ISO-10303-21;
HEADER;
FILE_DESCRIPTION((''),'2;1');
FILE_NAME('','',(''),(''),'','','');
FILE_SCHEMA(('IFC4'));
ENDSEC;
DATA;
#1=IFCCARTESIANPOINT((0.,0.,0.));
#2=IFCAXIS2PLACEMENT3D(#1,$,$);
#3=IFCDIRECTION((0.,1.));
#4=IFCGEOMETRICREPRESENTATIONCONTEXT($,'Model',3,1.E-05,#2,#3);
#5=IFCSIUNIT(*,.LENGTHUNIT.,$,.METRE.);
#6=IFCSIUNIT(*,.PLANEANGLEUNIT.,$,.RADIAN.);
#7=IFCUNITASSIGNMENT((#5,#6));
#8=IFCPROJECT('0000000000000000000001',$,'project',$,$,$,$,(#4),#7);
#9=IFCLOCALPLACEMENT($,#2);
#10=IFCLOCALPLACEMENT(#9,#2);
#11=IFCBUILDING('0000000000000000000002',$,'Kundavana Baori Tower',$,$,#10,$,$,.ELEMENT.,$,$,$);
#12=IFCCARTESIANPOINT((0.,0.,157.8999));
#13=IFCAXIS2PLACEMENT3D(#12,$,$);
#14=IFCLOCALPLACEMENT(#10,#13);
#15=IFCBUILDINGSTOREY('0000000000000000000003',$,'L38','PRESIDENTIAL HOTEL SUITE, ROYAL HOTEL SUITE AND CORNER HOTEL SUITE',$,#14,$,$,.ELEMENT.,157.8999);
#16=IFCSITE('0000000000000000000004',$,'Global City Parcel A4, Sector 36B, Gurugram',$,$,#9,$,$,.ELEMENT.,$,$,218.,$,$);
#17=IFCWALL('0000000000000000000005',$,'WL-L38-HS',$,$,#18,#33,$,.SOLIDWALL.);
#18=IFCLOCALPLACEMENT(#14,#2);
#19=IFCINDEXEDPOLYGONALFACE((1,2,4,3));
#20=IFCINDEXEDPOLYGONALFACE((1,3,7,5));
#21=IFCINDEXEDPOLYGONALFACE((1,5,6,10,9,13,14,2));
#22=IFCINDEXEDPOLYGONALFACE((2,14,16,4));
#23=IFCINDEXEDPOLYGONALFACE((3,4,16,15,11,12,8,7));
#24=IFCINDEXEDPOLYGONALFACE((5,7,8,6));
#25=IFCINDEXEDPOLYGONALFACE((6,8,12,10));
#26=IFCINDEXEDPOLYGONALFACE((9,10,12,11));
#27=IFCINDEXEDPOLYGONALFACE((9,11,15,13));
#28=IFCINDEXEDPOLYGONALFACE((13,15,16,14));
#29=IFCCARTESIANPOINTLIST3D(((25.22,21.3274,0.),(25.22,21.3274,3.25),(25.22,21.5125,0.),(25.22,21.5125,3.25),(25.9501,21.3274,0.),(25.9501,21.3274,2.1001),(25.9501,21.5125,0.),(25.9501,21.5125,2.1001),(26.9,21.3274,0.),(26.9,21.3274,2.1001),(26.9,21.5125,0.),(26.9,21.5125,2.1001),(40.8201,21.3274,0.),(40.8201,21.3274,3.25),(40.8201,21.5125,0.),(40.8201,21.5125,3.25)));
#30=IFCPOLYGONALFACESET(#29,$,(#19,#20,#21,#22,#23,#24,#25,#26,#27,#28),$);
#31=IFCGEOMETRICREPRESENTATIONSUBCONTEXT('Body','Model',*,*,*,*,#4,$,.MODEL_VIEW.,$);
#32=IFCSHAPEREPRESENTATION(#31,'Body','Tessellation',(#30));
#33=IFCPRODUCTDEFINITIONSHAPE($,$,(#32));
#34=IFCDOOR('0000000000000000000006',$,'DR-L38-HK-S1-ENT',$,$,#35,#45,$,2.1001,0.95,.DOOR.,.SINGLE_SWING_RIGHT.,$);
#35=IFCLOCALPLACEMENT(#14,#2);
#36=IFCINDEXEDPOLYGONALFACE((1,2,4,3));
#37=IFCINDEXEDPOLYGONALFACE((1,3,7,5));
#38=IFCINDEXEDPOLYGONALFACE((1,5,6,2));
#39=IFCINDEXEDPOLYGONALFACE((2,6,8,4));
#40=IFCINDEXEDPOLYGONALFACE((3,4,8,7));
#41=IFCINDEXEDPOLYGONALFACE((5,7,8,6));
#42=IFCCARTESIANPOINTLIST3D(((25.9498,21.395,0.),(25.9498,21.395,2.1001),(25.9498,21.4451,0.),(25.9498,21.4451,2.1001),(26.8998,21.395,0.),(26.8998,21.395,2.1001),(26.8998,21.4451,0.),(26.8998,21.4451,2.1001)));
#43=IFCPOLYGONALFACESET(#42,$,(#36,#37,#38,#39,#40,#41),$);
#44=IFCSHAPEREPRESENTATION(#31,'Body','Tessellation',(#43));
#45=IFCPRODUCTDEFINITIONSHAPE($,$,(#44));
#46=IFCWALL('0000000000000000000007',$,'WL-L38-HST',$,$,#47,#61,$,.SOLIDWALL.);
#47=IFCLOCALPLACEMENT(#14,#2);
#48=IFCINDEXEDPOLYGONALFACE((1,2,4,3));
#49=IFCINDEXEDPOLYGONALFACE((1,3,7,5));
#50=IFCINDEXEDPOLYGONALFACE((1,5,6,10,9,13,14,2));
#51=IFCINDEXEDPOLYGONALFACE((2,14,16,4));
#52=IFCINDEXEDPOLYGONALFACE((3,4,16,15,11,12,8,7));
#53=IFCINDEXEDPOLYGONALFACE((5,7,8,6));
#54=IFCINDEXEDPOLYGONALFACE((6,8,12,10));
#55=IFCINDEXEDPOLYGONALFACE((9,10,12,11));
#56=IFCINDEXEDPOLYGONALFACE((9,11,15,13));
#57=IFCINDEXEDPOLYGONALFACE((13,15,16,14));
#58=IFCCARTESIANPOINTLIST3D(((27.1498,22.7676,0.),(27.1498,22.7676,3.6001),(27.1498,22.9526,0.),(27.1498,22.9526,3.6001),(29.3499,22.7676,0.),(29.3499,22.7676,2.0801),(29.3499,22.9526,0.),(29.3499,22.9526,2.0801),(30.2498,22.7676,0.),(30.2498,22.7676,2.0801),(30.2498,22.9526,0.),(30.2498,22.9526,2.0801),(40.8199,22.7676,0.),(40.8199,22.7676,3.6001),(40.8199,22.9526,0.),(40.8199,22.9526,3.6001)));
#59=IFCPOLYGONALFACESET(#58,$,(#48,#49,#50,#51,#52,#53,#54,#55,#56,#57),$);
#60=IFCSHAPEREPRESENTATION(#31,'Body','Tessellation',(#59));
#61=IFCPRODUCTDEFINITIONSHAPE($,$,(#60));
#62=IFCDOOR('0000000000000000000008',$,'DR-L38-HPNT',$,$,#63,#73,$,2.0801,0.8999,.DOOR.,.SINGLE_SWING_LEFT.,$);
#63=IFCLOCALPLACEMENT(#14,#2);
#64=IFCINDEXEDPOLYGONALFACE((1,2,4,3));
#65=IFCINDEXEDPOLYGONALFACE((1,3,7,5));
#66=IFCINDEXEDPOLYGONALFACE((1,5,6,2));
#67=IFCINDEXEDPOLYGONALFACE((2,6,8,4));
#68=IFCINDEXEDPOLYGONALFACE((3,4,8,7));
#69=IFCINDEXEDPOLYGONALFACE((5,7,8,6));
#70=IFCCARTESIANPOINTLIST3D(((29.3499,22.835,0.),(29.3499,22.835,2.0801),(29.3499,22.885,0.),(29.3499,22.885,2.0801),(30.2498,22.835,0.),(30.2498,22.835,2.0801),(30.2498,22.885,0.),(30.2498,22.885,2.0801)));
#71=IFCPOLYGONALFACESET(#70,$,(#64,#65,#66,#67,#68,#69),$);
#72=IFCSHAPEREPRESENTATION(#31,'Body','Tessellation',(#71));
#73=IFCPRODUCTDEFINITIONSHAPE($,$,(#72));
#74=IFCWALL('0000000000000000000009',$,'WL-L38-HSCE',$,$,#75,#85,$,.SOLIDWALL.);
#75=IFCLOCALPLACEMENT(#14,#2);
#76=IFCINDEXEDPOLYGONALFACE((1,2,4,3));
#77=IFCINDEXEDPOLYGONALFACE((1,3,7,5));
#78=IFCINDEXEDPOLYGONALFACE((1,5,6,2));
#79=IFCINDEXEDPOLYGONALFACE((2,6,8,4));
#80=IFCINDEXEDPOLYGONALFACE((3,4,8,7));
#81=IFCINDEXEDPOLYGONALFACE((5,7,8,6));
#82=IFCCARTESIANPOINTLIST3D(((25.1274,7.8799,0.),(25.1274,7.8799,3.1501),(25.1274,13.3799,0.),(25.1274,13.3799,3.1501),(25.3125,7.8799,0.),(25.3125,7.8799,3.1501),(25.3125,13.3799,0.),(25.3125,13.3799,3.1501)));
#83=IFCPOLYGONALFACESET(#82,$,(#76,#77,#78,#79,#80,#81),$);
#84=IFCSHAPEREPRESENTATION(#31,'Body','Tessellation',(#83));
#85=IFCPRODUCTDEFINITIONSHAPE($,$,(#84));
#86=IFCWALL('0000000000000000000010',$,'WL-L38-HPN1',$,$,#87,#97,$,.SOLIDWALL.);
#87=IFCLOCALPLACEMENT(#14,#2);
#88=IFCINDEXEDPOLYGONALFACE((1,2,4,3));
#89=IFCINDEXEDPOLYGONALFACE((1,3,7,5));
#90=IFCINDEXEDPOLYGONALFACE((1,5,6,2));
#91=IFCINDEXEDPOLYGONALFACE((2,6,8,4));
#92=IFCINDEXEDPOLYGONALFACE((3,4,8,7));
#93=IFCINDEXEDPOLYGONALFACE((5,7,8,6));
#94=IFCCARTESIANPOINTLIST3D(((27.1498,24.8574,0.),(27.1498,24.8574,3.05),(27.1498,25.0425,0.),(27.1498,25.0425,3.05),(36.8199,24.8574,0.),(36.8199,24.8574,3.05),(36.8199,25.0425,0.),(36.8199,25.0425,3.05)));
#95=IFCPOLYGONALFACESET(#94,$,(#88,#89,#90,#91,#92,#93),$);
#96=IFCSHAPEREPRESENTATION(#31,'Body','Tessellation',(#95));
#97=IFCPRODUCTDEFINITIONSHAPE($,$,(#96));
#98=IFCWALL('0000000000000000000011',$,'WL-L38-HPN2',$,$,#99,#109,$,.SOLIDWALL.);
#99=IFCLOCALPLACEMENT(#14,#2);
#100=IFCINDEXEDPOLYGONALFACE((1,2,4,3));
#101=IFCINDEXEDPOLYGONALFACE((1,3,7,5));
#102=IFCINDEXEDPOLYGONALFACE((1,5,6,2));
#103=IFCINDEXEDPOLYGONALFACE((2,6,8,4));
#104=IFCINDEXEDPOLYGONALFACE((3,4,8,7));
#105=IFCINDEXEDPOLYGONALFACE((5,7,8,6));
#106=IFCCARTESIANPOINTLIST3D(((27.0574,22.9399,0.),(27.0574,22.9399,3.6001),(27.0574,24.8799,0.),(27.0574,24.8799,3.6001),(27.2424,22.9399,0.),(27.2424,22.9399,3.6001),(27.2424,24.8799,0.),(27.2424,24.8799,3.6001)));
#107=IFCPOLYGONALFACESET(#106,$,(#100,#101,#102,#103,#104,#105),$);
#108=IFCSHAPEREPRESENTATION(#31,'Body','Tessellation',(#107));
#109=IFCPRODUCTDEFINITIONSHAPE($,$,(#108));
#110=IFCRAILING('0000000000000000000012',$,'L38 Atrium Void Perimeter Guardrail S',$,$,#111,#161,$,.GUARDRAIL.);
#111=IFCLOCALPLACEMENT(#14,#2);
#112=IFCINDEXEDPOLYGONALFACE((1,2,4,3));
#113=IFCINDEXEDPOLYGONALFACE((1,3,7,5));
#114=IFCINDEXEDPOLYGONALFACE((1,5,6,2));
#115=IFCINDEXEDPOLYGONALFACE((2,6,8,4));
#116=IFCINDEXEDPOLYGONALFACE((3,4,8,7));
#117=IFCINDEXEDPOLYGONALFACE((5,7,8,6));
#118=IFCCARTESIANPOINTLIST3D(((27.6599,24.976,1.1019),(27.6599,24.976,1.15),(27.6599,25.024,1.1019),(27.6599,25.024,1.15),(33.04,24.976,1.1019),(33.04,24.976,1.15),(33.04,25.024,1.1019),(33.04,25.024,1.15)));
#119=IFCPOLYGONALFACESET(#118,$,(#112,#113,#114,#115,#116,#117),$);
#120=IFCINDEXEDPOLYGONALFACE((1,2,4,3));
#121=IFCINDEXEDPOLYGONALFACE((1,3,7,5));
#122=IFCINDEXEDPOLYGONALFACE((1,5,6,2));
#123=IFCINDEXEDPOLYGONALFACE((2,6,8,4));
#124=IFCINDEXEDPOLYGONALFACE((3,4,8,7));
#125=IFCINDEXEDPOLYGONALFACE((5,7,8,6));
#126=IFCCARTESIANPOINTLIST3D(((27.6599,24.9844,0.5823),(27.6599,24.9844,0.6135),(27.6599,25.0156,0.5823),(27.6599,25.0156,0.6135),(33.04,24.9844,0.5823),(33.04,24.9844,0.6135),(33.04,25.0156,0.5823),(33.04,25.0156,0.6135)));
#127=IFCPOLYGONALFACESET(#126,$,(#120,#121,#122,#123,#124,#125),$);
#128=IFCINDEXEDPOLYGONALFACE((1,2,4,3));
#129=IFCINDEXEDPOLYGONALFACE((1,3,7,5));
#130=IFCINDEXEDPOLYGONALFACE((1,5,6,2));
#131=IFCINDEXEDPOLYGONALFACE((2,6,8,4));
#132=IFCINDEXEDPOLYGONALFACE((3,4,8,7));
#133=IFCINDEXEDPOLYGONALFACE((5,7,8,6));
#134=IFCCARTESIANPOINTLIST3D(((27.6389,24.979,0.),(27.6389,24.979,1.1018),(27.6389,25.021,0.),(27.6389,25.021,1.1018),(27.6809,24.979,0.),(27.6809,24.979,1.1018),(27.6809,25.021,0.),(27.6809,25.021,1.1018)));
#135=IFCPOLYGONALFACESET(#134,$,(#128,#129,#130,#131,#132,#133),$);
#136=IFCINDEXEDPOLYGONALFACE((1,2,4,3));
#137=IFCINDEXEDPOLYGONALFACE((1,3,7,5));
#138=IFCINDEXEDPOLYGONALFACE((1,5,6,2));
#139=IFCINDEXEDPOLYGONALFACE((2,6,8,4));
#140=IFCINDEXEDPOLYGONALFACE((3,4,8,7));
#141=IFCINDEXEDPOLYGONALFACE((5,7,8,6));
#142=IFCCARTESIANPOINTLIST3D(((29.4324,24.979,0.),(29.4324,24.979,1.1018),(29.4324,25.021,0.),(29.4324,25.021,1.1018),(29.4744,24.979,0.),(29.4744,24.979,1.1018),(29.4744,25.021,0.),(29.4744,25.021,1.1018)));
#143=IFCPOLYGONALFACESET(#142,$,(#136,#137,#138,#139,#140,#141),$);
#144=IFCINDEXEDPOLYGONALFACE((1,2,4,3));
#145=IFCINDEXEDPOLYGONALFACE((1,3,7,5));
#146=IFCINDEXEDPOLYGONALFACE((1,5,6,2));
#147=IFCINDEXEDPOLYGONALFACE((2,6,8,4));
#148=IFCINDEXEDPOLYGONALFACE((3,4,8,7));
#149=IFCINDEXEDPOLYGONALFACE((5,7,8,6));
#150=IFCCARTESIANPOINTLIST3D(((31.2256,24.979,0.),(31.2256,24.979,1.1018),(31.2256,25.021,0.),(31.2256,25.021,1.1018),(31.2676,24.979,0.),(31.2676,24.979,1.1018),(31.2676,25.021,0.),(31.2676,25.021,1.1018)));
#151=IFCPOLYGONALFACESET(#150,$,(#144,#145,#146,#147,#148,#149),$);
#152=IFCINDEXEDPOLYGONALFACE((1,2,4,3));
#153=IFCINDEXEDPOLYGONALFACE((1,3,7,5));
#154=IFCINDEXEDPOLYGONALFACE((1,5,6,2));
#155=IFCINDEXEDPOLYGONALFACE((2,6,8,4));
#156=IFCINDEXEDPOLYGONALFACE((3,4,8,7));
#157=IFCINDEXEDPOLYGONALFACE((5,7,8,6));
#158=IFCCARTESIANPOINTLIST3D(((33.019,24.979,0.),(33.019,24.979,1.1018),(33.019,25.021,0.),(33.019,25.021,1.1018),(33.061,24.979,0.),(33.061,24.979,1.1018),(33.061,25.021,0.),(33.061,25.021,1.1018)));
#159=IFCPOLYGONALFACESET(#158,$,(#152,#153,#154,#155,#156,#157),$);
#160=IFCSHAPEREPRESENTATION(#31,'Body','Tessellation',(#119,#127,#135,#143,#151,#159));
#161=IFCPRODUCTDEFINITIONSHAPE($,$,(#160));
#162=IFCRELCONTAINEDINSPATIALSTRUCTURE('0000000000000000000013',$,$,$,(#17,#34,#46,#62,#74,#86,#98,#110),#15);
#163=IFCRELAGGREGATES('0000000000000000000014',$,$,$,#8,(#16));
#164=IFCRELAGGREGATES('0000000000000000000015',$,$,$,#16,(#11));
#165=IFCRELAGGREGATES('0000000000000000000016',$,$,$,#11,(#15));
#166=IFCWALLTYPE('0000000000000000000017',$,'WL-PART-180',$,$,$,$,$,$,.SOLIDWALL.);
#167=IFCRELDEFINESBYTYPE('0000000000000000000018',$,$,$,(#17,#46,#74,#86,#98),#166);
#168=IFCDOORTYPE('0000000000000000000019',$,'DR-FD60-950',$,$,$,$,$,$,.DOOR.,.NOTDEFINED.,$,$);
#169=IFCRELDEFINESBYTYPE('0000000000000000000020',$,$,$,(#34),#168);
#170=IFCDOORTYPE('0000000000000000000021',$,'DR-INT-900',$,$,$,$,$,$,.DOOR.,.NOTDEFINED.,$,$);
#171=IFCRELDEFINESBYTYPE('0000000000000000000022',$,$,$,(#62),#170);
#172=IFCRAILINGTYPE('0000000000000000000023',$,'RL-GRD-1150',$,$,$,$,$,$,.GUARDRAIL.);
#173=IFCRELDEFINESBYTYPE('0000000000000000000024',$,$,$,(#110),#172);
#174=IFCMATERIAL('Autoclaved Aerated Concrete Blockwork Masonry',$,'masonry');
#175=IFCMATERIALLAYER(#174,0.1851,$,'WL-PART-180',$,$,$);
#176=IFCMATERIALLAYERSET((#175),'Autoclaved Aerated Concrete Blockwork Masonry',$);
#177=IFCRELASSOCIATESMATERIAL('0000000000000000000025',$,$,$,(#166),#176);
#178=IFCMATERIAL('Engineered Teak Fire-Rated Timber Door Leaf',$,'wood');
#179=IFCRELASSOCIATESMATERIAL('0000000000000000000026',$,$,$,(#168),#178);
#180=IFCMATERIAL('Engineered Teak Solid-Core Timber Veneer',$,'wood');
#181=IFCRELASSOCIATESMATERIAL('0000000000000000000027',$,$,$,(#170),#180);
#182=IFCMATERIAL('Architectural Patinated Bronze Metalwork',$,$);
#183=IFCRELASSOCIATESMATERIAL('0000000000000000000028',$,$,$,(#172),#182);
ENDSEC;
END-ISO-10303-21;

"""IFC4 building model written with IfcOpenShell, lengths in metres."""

from ifc_helpers import new_model, si_unit, direction, frame, frame_2d, origin, origin_2d, place, context, subcontext, project, spatial, rectangle, extrude, material, layer, layer_set, type_object, element, fill, save


model = new_model("IFC4")

# Units and contexts
model_context = context("Model", 3, precision=1e-05, world=origin(), true_north=direction((0.0, 1.0)))
body_context = subcontext(model_context, "Body", "Model", "MODEL_VIEW")
ifc_project = project(units=[si_unit("LENGTHUNIT", "METRE"), si_unit("PLANEANGLEUNIT", "RADIAN")], contexts=[model_context])

# Site, building, storey
site_placement = place(None, origin())
site = spatial("IfcSite", under=ifc_project, at=site_placement, Name="Global City Parcel A4, Sector 36B, Gurugram", CompositionType="ELEMENT", RefElevation=218.0)
building_placement = place(site_placement, origin())
building = spatial("IfcBuilding", under=site, at=building_placement, Name="Kundavana Baori Tower", CompositionType="ELEMENT")
storey_placement = place(building_placement, frame((0.0, 0.0, 157.8999)))
storey = spatial("IfcBuildingStorey", under=building, at=storey_placement, Name="L38", Description="PRESIDENTIAL HOTEL SUITE, ROYAL HOTEL SUITE AND CORNER HOTEL SUITE", CompositionType="ELEMENT", Elevation=157.8999)

# Walls, openings, doors
ifc_material_1 = material(Name="Autoclaved Aerated Concrete Blockwork Masonry", Category="masonry")
ifc_layer = layer(ifc_material_1, 0.1851, Name="WL-PART-180")
ifc_layer_set = layer_set([ifc_layer], Name="Autoclaved Aerated Concrete Blockwork Masonry")
wall_type = type_object("IfcWallType", Name="WL-PART-180", PredefinedType="SOLIDWALL", material=ifc_layer_set)
wall_1_placement = place(storey_placement, frame((25.22, 21.4199, 0.0), z_axis=(0.0, 0.0, 1.0), x_axis=(1.0, 0.0, 0.0)))
wall_1 = element("IfcWall", 1, at=wall_1_placement, inside=storey, type_object=wall_type, Name="WL-L38-HS", PredefinedType="SOLIDWALL", context=body_context, shape_type="SweptSolid", body=[
    extrude(rectangle(XDim=15.6001, YDim=0.1851, at=frame_2d((7.8, 0.0))), origin(), (0.0, 0.0, 1.0), 3.25),
])
opening_1_placement = place(wall_1_placement, frame((0.73, 0.0, 0.0)))
opening_1 = element("IfcOpeningElement", 2, at=opening_1_placement, cuts=wall_1, PredefinedType="OPENING", context=body_context, shape_type="SweptSolid", body=[
    extrude(rectangle(XDim=0.95, YDim=2.1001, at=frame_2d((0.4751, 1.05))), frame((0.0, 0.1025, 0.0), z_axis=(0.0, -1.0, 0.0), x_axis=(1.0, 0.0, 0.0)), (0.0, 0.0, 1.0), 0.2051),
])
ifc_material_2 = material(Name="Engineered Teak Fire-Rated Timber Door Leaf", Category="wood")
door_type_1 = type_object("IfcDoorType", Name="DR-FD60-950", OperationType="NOTDEFINED", PredefinedType="DOOR", material=ifc_material_2)
door_1_placement = place(opening_1_placement, frame((0.95, 0.0, 0.0), z_axis=(0.0, 0.0, 1.0), x_axis=(-1.0, 0.0, 0.0)))
door_1 = element("IfcDoor", 3, at=door_1_placement, inside=storey, type_object=door_type_1, Name="DR-L38-HK-S1-ENT", OperationType="SINGLE_SWING_RIGHT", OverallHeight=2.1001, OverallWidth=0.95, PredefinedType="DOOR", context=body_context, shape_type="SweptSolid", body=[
    extrude(rectangle(XDim=0.95, YDim=2.1001, at=frame_2d((0.4751, 1.05))), frame((0.0, 0.0249, 0.0), z_axis=(0.0, -1.0, 0.0), x_axis=(1.0, 0.0, 0.0)), (0.0, 0.0, 1.0), 0.05),
])
fill(opening_1, door_1)
wall_2_placement = place(storey_placement, frame((27.1499, 22.8601, 0.0), z_axis=(0.0, 0.0, 1.0), x_axis=(1.0, 0.0, 0.0)))
wall_2 = element("IfcWall", 4, at=wall_2_placement, inside=storey, type_object=wall_type, Name="WL-L38-HST", PredefinedType="SOLIDWALL", context=body_context, shape_type="SweptSolid", body=[
    extrude(rectangle(XDim=13.6702, YDim=0.1851, at=frame_2d((6.835, 0.0))), origin(), (0.0, 0.0, 1.0), 3.6001),
])
opening_2_placement = place(wall_2_placement, frame((2.2, 0.0, 0.0)))
opening_2 = element("IfcOpeningElement", 5, at=opening_2_placement, cuts=wall_2, PredefinedType="OPENING", context=body_context, shape_type="SweptSolid", body=[
    extrude(rectangle(XDim=0.8999, YDim=2.0801, at=frame_2d((0.45, 1.04))), frame((0.0, 0.1025, 0.0), z_axis=(0.0, -1.0, 0.0), x_axis=(1.0, 0.0, 0.0)), (0.0, 0.0, 1.0), 0.2051),
])
ifc_material_3 = material(Name="Engineered Teak Solid-Core Timber Veneer", Category="wood")
door_type_2 = type_object("IfcDoorType", Name="DR-INT-900", OperationType="NOTDEFINED", PredefinedType="DOOR", material=ifc_material_3)
door_2_placement = place(opening_2_placement, origin())
door_2 = element("IfcDoor", 6, at=door_2_placement, inside=storey, type_object=door_type_2, Name="DR-L38-HPNT", OperationType="SINGLE_SWING_LEFT", OverallHeight=2.0801, OverallWidth=0.8999, PredefinedType="DOOR", context=body_context, shape_type="SweptSolid", body=[
    extrude(rectangle(XDim=0.8999, YDim=2.0801, at=frame_2d((0.45, 1.04))), frame((0.0, 0.0249, 0.0), z_axis=(0.0, -1.0, 0.0), x_axis=(1.0, 0.0, 0.0)), (0.0, 0.0, 1.0), 0.05),
])
fill(opening_2, door_2)

# Walls
wall_3_placement = place(storey_placement, frame((25.22, 7.8799, 0.0), z_axis=(0.0, 0.0, 1.0), x_axis=(0.0, 1.0, 0.0)))
element("IfcWall", 7, at=wall_3_placement, inside=storey, type_object=wall_type, Name="WL-L38-HSCE", PredefinedType="SOLIDWALL", context=body_context, shape_type="SweptSolid", body=[
    extrude(rectangle(XDim=5.5, YDim=0.1851, at=frame_2d((2.75, 0.0))), origin(), (0.0, 0.0, 1.0), 3.1501),
])
wall_4_placement = place(storey_placement, frame((27.1499, 24.95, 0.0), z_axis=(0.0, 0.0, 1.0), x_axis=(1.0, 0.0, 0.0)))
element("IfcWall", 8, at=wall_4_placement, inside=storey, type_object=wall_type, Name="WL-L38-HPN1", PredefinedType="SOLIDWALL", context=body_context, shape_type="SweptSolid", body=[
    extrude(rectangle(XDim=9.6702, YDim=0.1851, at=frame_2d((4.835, 0.0))), origin(), (0.0, 0.0, 1.0), 3.05),
])
wall_5_placement = place(storey_placement, frame((27.1499, 22.9399, 0.0), z_axis=(0.0, 0.0, 1.0), x_axis=(0.0, 1.0, 0.0)))
element("IfcWall", 9, at=wall_5_placement, inside=storey, type_object=wall_type, Name="WL-L38-HPN2", PredefinedType="SOLIDWALL", context=body_context, shape_type="SweptSolid", body=[
    extrude(rectangle(XDim=1.9399, YDim=0.1851, at=frame_2d((0.97, 0.0))), origin(), (0.0, 0.0, 1.0), 3.6001),
])

# Railing
ifc_material_4 = material(Name="Architectural Patinated Bronze Metalwork")
railing_type = type_object("IfcRailingType", Name="RL-GRD-1150", PredefinedType="GUARDRAIL", material=ifc_material_4)
railing_1_placement = place(storey_placement, frame((27.6599, 25.0, 0.0)))
element("IfcRailing", 10, at=railing_1_placement, inside=storey, type_object=railing_type, Name="L38 Atrium Void Perimeter Guardrail S", PredefinedType="GUARDRAIL", context=body_context, shape_type="SweptSolid", body=[
    extrude(rectangle(XDim=0.0481, YDim=0.0481, at=origin_2d()), frame((0.0, 0.0, 1.126), z_axis=(1.0, 0.0, 0.0), x_axis=(0.0, 1.0, 0.0)), (0.0, 0.0, 1.0), 5.3801),
    extrude(rectangle(XDim=0.0312, YDim=0.0312, at=origin_2d()), frame((0.0, 0.0, 0.5979), z_axis=(1.0, 0.0, 0.0), x_axis=(0.0, 1.0, 0.0)), (0.0, 0.0, 1.0), 5.3801),
    extrude(rectangle(XDim=0.042, YDim=0.042, at=origin_2d()), origin(), (0.0, 0.0, 1.0), 1.1018),
    extrude(rectangle(XDim=0.042, YDim=0.042, at=origin_2d()), frame((1.7935, 0.0, 0.0)), (0.0, 0.0, 1.0), 1.1018),
    extrude(rectangle(XDim=0.042, YDim=0.042, at=origin_2d()), frame((3.5867, 0.0, 0.0)), (0.0, 0.0, 1.0), 1.1018),
    extrude(rectangle(XDim=0.042, YDim=0.042, at=origin_2d()), frame((5.3801, 0.0, 0.0)), (0.0, 0.0, 1.0), 1.1018),
])

save(model, "model.ifc")
